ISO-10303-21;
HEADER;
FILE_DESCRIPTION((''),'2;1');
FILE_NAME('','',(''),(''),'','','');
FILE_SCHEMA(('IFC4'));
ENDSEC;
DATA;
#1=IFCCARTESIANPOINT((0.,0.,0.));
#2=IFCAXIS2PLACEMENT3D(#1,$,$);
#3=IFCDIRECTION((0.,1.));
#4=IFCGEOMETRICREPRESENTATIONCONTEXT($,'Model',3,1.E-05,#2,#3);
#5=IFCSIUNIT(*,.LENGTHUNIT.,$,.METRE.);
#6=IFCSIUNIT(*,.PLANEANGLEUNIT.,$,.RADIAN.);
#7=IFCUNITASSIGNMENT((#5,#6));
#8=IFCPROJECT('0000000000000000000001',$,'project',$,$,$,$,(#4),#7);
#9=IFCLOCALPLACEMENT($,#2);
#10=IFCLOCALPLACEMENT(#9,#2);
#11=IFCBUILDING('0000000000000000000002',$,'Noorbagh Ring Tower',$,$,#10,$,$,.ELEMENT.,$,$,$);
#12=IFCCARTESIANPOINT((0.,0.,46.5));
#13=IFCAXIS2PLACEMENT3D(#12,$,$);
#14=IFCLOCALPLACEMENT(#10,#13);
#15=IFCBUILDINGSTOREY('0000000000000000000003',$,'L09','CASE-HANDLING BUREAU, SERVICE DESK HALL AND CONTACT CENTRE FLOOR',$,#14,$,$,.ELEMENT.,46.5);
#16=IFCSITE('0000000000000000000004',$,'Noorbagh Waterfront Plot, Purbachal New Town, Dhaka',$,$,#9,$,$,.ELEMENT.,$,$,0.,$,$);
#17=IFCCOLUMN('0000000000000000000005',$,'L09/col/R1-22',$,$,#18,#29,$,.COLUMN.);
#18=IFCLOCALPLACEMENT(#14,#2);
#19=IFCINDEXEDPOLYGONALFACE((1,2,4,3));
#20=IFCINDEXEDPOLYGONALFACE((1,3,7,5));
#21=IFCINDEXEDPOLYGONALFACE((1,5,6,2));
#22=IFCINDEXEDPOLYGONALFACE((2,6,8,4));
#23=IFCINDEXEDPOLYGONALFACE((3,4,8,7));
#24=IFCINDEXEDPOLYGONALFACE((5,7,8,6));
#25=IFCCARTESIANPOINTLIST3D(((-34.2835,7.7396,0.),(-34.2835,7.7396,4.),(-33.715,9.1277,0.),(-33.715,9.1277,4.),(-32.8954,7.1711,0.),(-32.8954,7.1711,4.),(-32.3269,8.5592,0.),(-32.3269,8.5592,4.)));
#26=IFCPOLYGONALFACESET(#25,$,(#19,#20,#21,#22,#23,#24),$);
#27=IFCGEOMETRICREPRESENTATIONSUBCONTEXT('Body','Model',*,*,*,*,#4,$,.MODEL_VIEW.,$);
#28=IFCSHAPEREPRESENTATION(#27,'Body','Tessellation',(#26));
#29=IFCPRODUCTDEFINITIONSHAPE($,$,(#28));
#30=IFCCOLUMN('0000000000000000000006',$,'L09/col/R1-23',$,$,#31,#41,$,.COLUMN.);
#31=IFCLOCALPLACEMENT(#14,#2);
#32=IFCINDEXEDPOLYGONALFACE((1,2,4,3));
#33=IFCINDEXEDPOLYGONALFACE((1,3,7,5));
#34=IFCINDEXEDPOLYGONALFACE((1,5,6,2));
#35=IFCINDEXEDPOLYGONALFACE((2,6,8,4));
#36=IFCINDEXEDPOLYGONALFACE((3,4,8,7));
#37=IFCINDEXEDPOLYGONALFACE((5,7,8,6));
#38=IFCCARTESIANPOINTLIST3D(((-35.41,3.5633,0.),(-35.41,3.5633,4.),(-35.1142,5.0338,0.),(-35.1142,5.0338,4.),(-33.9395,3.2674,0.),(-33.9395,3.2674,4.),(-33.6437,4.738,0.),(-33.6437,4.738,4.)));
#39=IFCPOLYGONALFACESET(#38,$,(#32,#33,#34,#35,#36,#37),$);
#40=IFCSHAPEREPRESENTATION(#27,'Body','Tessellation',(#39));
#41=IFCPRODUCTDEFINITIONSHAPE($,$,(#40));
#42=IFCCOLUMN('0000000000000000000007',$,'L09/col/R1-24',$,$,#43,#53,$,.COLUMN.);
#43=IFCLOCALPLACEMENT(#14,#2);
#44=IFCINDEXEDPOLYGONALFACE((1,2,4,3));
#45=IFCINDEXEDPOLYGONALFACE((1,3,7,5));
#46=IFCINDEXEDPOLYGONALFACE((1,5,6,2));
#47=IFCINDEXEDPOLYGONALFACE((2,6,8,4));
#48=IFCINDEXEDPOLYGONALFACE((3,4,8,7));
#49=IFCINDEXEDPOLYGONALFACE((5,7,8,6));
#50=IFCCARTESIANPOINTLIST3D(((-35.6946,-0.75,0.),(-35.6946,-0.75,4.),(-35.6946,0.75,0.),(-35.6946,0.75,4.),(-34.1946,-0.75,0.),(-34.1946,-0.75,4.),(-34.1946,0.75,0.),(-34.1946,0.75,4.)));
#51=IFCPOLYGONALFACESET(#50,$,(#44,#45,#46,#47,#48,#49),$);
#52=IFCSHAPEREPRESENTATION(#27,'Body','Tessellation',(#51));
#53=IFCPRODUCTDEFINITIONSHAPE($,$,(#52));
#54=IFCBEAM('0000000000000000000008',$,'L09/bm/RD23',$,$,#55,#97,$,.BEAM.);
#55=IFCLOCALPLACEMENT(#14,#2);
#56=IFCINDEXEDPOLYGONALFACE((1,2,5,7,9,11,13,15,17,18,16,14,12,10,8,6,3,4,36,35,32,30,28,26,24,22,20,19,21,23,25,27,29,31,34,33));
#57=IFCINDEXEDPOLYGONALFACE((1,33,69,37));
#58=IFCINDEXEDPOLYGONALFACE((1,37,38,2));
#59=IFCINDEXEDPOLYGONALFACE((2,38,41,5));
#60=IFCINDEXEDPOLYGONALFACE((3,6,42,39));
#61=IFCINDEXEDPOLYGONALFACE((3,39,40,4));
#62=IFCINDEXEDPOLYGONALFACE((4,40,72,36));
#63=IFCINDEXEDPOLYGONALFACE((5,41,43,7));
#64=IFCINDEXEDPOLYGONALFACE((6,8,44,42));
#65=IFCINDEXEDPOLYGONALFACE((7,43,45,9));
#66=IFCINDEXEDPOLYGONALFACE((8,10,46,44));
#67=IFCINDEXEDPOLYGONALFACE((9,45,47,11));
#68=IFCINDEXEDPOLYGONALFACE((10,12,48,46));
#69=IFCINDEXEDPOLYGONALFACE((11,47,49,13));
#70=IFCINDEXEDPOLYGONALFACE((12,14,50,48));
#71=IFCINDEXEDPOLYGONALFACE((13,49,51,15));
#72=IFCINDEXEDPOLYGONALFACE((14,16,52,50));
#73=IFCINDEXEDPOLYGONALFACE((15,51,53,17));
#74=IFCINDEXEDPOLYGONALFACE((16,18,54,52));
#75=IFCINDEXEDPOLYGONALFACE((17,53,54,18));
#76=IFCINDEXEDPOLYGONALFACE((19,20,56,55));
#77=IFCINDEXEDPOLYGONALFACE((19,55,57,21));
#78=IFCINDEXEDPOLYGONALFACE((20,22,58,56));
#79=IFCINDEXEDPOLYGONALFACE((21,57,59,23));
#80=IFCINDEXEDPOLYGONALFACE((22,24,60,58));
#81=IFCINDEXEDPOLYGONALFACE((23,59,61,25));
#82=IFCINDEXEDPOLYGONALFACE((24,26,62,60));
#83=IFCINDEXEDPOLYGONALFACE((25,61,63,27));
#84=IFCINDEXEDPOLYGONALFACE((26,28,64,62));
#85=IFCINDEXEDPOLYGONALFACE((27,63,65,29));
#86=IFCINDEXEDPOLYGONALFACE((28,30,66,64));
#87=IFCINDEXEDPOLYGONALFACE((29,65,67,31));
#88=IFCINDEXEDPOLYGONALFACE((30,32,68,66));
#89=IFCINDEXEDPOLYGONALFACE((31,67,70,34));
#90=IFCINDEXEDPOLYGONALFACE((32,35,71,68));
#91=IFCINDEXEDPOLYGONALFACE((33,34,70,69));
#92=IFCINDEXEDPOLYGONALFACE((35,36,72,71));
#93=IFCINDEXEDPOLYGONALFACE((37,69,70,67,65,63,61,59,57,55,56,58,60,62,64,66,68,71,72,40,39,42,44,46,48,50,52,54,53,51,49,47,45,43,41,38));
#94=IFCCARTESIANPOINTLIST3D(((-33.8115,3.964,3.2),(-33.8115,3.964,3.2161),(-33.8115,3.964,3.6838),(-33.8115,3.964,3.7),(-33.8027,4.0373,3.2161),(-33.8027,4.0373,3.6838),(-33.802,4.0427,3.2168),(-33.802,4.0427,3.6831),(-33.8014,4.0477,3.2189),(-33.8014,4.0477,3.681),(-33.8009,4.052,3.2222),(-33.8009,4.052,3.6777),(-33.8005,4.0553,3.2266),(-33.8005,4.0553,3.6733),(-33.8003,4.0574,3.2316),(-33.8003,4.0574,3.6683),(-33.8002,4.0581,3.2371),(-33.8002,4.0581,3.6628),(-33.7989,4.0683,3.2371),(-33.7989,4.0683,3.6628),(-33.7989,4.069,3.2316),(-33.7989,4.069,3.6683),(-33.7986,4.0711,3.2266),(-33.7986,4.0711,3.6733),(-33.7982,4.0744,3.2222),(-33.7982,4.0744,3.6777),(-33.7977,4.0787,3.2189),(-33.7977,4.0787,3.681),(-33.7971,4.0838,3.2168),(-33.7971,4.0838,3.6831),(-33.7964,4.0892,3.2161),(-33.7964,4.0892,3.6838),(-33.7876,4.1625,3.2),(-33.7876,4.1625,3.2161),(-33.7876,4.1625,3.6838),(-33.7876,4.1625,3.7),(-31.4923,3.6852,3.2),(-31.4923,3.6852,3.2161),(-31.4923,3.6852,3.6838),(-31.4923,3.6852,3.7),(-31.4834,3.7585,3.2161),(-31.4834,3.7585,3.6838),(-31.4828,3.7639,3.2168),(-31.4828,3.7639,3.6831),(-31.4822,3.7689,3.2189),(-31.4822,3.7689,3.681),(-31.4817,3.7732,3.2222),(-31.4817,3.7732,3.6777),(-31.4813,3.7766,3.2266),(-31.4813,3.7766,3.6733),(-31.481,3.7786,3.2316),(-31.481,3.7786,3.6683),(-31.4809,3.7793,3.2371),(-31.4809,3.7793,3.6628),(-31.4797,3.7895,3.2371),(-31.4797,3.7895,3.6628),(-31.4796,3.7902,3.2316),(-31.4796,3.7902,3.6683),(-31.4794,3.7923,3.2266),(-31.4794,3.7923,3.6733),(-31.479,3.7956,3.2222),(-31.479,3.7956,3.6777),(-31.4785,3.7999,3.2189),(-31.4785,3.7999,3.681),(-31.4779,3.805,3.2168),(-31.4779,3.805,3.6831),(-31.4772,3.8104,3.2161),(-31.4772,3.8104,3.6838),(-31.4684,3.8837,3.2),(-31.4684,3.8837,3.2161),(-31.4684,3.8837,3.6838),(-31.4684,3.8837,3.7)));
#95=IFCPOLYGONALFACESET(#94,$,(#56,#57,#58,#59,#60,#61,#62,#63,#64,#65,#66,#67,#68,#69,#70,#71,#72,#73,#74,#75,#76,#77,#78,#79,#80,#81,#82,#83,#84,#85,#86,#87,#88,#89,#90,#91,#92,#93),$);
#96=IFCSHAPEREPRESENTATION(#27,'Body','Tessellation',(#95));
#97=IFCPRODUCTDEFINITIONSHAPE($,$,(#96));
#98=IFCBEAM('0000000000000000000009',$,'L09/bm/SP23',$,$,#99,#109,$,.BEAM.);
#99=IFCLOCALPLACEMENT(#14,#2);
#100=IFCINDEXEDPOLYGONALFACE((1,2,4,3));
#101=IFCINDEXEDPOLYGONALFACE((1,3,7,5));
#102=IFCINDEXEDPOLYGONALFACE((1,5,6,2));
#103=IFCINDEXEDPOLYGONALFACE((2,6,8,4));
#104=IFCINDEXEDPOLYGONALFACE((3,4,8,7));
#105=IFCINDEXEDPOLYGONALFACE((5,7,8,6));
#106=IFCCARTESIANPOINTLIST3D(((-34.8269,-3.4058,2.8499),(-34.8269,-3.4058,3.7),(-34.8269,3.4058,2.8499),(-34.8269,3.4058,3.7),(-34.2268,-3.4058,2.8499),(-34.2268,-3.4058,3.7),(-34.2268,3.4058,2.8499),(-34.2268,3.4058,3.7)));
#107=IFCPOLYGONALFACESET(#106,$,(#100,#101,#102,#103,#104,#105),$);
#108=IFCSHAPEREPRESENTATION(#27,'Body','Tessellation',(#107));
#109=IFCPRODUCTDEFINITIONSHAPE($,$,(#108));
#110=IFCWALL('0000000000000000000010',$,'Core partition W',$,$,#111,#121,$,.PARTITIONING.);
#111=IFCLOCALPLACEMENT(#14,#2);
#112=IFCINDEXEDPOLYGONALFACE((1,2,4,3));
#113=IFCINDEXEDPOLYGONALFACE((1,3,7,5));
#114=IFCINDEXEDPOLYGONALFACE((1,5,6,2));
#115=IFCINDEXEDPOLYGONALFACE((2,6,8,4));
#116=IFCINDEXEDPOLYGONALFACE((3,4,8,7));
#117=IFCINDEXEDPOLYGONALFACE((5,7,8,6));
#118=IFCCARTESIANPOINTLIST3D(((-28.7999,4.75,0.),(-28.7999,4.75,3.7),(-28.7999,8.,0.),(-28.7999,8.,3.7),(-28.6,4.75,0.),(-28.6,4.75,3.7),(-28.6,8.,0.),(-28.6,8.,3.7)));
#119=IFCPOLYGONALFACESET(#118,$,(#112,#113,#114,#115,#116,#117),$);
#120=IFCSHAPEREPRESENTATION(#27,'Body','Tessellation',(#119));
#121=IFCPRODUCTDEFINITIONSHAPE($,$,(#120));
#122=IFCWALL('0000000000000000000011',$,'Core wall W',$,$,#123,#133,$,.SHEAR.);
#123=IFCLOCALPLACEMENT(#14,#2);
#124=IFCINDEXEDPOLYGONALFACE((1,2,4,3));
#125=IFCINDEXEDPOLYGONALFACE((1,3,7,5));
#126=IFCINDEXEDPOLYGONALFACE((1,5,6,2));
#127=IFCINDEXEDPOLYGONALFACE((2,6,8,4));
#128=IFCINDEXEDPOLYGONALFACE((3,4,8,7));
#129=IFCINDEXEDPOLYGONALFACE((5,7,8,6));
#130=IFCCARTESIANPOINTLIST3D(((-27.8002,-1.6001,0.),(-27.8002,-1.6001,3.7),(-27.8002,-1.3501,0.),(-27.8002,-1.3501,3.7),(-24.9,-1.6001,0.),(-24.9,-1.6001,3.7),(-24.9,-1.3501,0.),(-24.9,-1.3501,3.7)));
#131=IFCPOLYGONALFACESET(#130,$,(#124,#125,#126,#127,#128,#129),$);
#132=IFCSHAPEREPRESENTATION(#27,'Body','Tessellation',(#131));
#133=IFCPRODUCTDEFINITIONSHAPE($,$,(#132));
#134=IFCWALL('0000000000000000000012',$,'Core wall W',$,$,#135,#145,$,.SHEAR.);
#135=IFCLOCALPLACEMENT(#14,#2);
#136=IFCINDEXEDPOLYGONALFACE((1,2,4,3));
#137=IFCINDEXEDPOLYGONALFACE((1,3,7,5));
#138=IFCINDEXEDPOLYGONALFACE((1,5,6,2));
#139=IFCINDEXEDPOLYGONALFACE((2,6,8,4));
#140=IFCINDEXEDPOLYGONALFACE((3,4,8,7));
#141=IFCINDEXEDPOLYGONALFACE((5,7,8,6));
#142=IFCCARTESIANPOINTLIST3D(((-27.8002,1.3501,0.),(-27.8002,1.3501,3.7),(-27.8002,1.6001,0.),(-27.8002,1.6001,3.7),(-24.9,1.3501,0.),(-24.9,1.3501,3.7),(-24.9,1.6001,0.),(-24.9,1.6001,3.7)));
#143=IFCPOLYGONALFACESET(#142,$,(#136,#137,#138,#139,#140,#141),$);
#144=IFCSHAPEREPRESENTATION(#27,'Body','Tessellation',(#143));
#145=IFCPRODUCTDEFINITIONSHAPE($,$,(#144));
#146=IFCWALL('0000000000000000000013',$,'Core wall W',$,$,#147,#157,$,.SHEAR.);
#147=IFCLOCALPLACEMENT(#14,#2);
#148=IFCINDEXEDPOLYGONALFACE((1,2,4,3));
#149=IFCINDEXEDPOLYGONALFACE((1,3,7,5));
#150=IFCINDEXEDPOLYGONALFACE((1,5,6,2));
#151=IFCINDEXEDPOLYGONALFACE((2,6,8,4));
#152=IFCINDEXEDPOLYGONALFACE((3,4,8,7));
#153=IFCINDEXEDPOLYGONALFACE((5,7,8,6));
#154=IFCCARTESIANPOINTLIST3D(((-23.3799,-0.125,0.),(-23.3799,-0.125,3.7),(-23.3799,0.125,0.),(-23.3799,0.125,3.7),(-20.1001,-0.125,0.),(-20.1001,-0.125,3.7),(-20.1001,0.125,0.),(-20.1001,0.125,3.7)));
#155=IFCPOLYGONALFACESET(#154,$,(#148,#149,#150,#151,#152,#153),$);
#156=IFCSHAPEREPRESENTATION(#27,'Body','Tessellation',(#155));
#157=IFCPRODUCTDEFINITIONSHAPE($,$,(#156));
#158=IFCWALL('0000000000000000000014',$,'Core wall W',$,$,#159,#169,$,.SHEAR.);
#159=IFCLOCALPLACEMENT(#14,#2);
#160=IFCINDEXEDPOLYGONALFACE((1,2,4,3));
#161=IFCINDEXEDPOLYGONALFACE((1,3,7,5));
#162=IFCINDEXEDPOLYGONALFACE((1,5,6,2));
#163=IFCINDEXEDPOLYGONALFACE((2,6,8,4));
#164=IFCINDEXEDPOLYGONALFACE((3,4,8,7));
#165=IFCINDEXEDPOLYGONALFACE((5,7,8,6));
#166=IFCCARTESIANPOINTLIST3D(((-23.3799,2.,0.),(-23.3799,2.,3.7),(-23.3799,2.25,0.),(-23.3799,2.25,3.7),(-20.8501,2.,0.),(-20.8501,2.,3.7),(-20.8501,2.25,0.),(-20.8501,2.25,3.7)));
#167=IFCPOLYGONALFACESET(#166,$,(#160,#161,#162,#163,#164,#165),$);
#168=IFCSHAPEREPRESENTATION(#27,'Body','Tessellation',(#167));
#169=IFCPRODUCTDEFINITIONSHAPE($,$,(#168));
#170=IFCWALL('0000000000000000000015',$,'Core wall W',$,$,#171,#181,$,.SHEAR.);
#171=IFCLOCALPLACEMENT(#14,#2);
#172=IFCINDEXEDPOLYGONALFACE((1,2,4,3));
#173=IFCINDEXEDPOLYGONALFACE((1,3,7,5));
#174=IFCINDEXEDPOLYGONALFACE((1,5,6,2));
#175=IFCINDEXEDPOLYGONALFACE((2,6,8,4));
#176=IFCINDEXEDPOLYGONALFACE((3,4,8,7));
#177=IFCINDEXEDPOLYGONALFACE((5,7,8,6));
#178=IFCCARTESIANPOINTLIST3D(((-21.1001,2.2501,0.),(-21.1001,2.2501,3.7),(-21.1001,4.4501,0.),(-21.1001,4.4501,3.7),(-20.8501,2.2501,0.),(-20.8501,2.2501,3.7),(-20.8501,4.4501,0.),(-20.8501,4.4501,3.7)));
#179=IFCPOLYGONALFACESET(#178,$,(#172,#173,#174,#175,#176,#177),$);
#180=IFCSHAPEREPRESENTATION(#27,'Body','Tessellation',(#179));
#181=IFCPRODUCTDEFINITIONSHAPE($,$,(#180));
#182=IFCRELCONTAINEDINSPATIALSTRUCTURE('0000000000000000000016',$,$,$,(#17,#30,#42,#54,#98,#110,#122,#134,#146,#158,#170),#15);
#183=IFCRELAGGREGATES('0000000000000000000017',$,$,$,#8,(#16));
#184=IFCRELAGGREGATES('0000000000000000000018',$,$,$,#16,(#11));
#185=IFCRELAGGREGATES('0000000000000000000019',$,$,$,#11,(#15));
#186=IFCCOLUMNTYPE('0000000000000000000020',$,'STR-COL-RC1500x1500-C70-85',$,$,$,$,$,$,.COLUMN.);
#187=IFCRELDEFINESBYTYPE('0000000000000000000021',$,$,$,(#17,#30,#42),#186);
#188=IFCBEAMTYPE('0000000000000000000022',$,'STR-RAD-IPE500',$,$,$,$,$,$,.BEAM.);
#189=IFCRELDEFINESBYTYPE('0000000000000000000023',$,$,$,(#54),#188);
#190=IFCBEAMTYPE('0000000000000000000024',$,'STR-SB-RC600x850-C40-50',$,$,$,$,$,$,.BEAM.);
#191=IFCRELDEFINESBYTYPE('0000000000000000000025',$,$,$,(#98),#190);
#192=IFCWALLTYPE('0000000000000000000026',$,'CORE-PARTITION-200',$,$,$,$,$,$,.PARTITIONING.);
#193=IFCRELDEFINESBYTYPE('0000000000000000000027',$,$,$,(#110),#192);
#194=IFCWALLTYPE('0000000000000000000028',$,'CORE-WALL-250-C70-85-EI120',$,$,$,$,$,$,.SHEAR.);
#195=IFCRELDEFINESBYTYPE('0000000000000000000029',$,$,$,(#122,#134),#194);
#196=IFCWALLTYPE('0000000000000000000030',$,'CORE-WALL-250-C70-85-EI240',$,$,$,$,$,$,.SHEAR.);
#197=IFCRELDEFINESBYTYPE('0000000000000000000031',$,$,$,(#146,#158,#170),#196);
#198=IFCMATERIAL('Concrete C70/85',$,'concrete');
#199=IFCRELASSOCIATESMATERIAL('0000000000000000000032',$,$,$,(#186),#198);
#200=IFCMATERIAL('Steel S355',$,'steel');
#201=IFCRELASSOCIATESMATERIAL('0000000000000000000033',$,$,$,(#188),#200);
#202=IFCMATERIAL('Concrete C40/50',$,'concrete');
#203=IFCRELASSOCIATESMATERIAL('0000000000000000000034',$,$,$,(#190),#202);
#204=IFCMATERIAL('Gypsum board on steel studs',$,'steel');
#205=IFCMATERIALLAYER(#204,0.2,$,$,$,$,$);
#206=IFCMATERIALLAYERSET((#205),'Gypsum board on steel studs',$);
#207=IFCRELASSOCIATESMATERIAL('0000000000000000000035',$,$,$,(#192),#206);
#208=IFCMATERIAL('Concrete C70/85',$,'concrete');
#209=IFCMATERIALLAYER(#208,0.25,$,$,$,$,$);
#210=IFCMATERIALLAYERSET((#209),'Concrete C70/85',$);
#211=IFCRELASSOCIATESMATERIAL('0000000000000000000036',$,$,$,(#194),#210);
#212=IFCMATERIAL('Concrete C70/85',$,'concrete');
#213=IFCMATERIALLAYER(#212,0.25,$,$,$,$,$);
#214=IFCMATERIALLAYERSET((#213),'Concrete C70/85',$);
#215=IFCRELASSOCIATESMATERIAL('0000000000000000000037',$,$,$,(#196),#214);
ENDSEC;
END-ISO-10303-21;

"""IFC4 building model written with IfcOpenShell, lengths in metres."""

from ifc_helpers import new_model, si_unit, direction, frame, frame_2d, origin, origin_2d, place, context, subcontext, project, spatial, rectangle, i_section, extrude, material, layer, layer_set, material_profile, profile_set, type_object, element, save


model = new_model("IFC4")

# Units and contexts
model_context = context("Model", 3, precision=1e-05, world=origin(), true_north=direction((0.0, 1.0)))
body_context = subcontext(model_context, "Body", "Model", "MODEL_VIEW")
ifc_project = project(units=[si_unit("LENGTHUNIT", "METRE"), si_unit("PLANEANGLEUNIT", "RADIAN")], contexts=[model_context])

# Site, building, storey
site_placement = place(None, origin())
site = spatial("IfcSite", under=ifc_project, at=site_placement, Name="Noorbagh Waterfront Plot, Purbachal New Town, Dhaka", CompositionType="ELEMENT", RefElevation=0.0)
building_placement = place(site_placement, origin())
building = spatial("IfcBuilding", under=site, at=building_placement, Name="Noorbagh Ring Tower", CompositionType="ELEMENT")
storey_placement = place(building_placement, frame((0.0, 0.0, 46.5)))
storey = spatial("IfcBuildingStorey", under=building, at=storey_placement, Name="L09", Description="CASE-HANDLING BUREAU, SERVICE DESK HALL AND CONTACT CENTRE FLOOR", CompositionType="ELEMENT", Elevation=46.5)

# Columns
ifc_material_1 = material(Name="Concrete C70/85", Category="concrete")
ifc_material_profile_1 = material_profile(ifc_material_1, rectangle(XDim=1.5, YDim=1.5, at=origin_2d()), Name="RC1500x1500")
ifc_profile_set_1 = profile_set([ifc_material_profile_1], Name="Concrete C70/85")
column_type = type_object("IfcColumnType", Name="STR-COL-RC1500x1500-C70-85", PredefinedType="COLUMN", material=ifc_profile_set_1)
for number, where, z_axis, x_axis, name in (
    (1, (-33.3052, 8.1494, 0.0), (0.0, 0.0, 1.0), (-0.378989, -0.925401, 0.0), "L09/col/R1-22"),
    (2, (-34.5269, 4.1506, 0.0), (0.0, 0.0, 1.0), (-0.19723, -0.980357, 0.0), "L09/col/R1-23"),
    (3, (-34.9446, 0.0, 0.0), (0.0, 0.0, 1.0), (0.0, -1.0, 0.0), "L09/col/R1-24"),
):
    element("IfcColumn", number, at=place(storey_placement, frame(where, z_axis=z_axis, x_axis=x_axis)), inside=storey, type_object=column_type, Name=name, PredefinedType="COLUMN", context=body_context, shape_type="SweptSolid", body=[
        extrude(rectangle(XDim=1.5, YDim=1.5, at=origin_2d()), origin(), (0.0, 0.0, 1.0), 4.0),
    ])

# Beams
ifc_material_2 = material(Name="Steel S355", Category="steel")
ifc_material_profile_2 = material_profile(ifc_material_2, i_section(OverallWidth=0.2, OverallDepth=0.5, WebThickness=0.0103, FlangeThickness=0.0161, FilletRadius=0.021, at=origin_2d()), Name="IPE500")
ifc_profile_set_2 = profile_set([ifc_material_profile_2], Name="Steel S355")
beam_type_1 = type_object("IfcBeamType", Name="STR-RAD-IPE500", PredefinedType="BEAM", material=ifc_profile_set_2)
beam_1_placement = place(storey_placement, frame((-33.7996, 4.0632, 3.45), z_axis=(0.992852, -0.119351, 0.0), x_axis=(0.119351, 0.992852, 0.0)))
element("IfcBeam", 4, at=beam_1_placement, inside=storey, type_object=beam_type_1, Name="L09/bm/RD23", PredefinedType="BEAM", context=body_context, shape_type="SweptSolid", body=[
    extrude(i_section(OverallWidth=0.2, OverallDepth=0.5, WebThickness=0.0103, FlangeThickness=0.0161, FilletRadius=0.021, at=origin_2d()), origin(), (0.0, 0.0, 1.0), 2.3359),
])
ifc_material_3 = material(Name="Concrete C40/50", Category="concrete")
ifc_material_profile_3 = material_profile(ifc_material_3, rectangle(XDim=0.6001, YDim=0.8501, at=origin_2d()), Name="RC600x850")
ifc_profile_set_3 = profile_set([ifc_material_profile_3], Name="Concrete C40/50")
beam_type_2 = type_object("IfcBeamType", Name="STR-SB-RC600x850-C40-50", PredefinedType="BEAM", material=ifc_profile_set_3)
beam_2_placement = place(storey_placement, frame((-34.5269, 3.4058, 3.2749), z_axis=(0.0, -1.0, 0.0), x_axis=(1.0, 0.0, 0.0)))
element("IfcBeam", 5, at=beam_2_placement, inside=storey, type_object=beam_type_2, Name="L09/bm/SP23", PredefinedType="BEAM", context=body_context, shape_type="SweptSolid", body=[
    extrude(rectangle(XDim=0.6001, YDim=0.8501, at=origin_2d()), origin(), (0.0, 0.0, 1.0), 6.8115),
])

# Walls
ifc_material_4 = material(Name="Gypsum board on steel studs", Category="steel")
ifc_layer_1 = layer(ifc_material_4, 0.2)
ifc_layer_set_1 = layer_set([ifc_layer_1], Name="Gypsum board on steel studs")
wall_type_1 = type_object("IfcWallType", Name="CORE-PARTITION-200", PredefinedType="PARTITIONING", material=ifc_layer_set_1)
wall_1_placement = place(storey_placement, frame((-28.7, 4.75, 0.0), z_axis=(0.0, 0.0, 1.0), x_axis=(0.0, 1.0, 0.0)))
element("IfcWall", 6, at=wall_1_placement, inside=storey, type_object=wall_type_1, Name="Core partition W", PredefinedType="PARTITIONING", context=body_context, shape_type="SweptSolid", body=[
    extrude(rectangle(XDim=3.25, YDim=0.2, at=frame_2d((1.625, 0.0))), origin(), (0.0, 0.0, 1.0), 3.7),
])
ifc_material_5 = material(Name="Concrete C70/85", Category="concrete")
ifc_layer_2 = layer(ifc_material_5, 0.25)
ifc_layer_set_2 = layer_set([ifc_layer_2], Name="Concrete C70/85")
wall_type_2 = type_object("IfcWallType", Name="CORE-WALL-250-C70-85-EI120", PredefinedType="SHEAR", material=ifc_layer_set_2)
for number, where, z_axis, x_axis, name in (
    (7, (-24.8999, -1.4751, 0.0), (0.0, 0.0, 1.0), (-1.0, 0.0, 0.0), "Core wall W"),
    (8, (-24.8999, 1.4751, 0.0), (0.0, 0.0, 1.0), (-1.0, 0.0, 0.0), "Core wall W"),
):
    element("IfcWall", number, at=place(storey_placement, frame(where, z_axis=z_axis, x_axis=x_axis)), inside=storey, type_object=wall_type_2, Name=name, PredefinedType="SHEAR", context=body_context, shape_type="SweptSolid", body=[
        extrude(rectangle(XDim=2.9001, YDim=0.25, at=frame_2d((1.4502, 0.0))), origin(), (0.0, 0.0, 1.0), 3.7),
    ])
ifc_material_6 = material(Name="Concrete C70/85", Category="concrete")
ifc_layer_3 = layer(ifc_material_6, 0.25)
ifc_layer_set_3 = layer_set([ifc_layer_3], Name="Concrete C70/85")
wall_type_3 = type_object("IfcWallType", Name="CORE-WALL-250-C70-85-EI240", PredefinedType="SHEAR", material=ifc_layer_set_3)
wall_2_placement = place(storey_placement, frame((-20.1001, 0.0, 0.0), z_axis=(0.0, 0.0, 1.0), x_axis=(-1.0, 0.0, 0.0)))
element("IfcWall", 9, at=wall_2_placement, inside=storey, type_object=wall_type_3, Name="Core wall W", PredefinedType="SHEAR", context=body_context, shape_type="SweptSolid", body=[
    extrude(rectangle(XDim=3.2798, YDim=0.25, at=frame_2d((1.6399, 0.0))), origin(), (0.0, 0.0, 1.0), 3.7),
])
wall_3_placement = place(storey_placement, frame((-20.8501, 2.125, 0.0), z_axis=(0.0, 0.0, 1.0), x_axis=(-1.0, 0.0, 0.0)))
element("IfcWall", 10, at=wall_3_placement, inside=storey, type_object=wall_type_3, Name="Core wall W", PredefinedType="SHEAR", context=body_context, shape_type="SweptSolid", body=[
    extrude(rectangle(XDim=2.5298, YDim=0.25, at=frame_2d((1.2649, 0.0))), origin(), (0.0, 0.0, 1.0), 3.7),
])
wall_4_placement = place(storey_placement, frame((-20.9751, 2.25, 0.0), z_axis=(0.0, 0.0, 1.0), x_axis=(0.0, 1.0, 0.0)))
element("IfcWall", 11, at=wall_4_placement, inside=storey, type_object=wall_type_3, Name="Core wall W", PredefinedType="SHEAR", context=body_context, shape_type="SweptSolid", body=[
    extrude(rectangle(XDim=2.2, YDim=0.25, at=frame_2d((1.1001, 0.0))), origin(), (0.0, 0.0, 1.0), 3.7),
])

save(model, "model.ifc")
